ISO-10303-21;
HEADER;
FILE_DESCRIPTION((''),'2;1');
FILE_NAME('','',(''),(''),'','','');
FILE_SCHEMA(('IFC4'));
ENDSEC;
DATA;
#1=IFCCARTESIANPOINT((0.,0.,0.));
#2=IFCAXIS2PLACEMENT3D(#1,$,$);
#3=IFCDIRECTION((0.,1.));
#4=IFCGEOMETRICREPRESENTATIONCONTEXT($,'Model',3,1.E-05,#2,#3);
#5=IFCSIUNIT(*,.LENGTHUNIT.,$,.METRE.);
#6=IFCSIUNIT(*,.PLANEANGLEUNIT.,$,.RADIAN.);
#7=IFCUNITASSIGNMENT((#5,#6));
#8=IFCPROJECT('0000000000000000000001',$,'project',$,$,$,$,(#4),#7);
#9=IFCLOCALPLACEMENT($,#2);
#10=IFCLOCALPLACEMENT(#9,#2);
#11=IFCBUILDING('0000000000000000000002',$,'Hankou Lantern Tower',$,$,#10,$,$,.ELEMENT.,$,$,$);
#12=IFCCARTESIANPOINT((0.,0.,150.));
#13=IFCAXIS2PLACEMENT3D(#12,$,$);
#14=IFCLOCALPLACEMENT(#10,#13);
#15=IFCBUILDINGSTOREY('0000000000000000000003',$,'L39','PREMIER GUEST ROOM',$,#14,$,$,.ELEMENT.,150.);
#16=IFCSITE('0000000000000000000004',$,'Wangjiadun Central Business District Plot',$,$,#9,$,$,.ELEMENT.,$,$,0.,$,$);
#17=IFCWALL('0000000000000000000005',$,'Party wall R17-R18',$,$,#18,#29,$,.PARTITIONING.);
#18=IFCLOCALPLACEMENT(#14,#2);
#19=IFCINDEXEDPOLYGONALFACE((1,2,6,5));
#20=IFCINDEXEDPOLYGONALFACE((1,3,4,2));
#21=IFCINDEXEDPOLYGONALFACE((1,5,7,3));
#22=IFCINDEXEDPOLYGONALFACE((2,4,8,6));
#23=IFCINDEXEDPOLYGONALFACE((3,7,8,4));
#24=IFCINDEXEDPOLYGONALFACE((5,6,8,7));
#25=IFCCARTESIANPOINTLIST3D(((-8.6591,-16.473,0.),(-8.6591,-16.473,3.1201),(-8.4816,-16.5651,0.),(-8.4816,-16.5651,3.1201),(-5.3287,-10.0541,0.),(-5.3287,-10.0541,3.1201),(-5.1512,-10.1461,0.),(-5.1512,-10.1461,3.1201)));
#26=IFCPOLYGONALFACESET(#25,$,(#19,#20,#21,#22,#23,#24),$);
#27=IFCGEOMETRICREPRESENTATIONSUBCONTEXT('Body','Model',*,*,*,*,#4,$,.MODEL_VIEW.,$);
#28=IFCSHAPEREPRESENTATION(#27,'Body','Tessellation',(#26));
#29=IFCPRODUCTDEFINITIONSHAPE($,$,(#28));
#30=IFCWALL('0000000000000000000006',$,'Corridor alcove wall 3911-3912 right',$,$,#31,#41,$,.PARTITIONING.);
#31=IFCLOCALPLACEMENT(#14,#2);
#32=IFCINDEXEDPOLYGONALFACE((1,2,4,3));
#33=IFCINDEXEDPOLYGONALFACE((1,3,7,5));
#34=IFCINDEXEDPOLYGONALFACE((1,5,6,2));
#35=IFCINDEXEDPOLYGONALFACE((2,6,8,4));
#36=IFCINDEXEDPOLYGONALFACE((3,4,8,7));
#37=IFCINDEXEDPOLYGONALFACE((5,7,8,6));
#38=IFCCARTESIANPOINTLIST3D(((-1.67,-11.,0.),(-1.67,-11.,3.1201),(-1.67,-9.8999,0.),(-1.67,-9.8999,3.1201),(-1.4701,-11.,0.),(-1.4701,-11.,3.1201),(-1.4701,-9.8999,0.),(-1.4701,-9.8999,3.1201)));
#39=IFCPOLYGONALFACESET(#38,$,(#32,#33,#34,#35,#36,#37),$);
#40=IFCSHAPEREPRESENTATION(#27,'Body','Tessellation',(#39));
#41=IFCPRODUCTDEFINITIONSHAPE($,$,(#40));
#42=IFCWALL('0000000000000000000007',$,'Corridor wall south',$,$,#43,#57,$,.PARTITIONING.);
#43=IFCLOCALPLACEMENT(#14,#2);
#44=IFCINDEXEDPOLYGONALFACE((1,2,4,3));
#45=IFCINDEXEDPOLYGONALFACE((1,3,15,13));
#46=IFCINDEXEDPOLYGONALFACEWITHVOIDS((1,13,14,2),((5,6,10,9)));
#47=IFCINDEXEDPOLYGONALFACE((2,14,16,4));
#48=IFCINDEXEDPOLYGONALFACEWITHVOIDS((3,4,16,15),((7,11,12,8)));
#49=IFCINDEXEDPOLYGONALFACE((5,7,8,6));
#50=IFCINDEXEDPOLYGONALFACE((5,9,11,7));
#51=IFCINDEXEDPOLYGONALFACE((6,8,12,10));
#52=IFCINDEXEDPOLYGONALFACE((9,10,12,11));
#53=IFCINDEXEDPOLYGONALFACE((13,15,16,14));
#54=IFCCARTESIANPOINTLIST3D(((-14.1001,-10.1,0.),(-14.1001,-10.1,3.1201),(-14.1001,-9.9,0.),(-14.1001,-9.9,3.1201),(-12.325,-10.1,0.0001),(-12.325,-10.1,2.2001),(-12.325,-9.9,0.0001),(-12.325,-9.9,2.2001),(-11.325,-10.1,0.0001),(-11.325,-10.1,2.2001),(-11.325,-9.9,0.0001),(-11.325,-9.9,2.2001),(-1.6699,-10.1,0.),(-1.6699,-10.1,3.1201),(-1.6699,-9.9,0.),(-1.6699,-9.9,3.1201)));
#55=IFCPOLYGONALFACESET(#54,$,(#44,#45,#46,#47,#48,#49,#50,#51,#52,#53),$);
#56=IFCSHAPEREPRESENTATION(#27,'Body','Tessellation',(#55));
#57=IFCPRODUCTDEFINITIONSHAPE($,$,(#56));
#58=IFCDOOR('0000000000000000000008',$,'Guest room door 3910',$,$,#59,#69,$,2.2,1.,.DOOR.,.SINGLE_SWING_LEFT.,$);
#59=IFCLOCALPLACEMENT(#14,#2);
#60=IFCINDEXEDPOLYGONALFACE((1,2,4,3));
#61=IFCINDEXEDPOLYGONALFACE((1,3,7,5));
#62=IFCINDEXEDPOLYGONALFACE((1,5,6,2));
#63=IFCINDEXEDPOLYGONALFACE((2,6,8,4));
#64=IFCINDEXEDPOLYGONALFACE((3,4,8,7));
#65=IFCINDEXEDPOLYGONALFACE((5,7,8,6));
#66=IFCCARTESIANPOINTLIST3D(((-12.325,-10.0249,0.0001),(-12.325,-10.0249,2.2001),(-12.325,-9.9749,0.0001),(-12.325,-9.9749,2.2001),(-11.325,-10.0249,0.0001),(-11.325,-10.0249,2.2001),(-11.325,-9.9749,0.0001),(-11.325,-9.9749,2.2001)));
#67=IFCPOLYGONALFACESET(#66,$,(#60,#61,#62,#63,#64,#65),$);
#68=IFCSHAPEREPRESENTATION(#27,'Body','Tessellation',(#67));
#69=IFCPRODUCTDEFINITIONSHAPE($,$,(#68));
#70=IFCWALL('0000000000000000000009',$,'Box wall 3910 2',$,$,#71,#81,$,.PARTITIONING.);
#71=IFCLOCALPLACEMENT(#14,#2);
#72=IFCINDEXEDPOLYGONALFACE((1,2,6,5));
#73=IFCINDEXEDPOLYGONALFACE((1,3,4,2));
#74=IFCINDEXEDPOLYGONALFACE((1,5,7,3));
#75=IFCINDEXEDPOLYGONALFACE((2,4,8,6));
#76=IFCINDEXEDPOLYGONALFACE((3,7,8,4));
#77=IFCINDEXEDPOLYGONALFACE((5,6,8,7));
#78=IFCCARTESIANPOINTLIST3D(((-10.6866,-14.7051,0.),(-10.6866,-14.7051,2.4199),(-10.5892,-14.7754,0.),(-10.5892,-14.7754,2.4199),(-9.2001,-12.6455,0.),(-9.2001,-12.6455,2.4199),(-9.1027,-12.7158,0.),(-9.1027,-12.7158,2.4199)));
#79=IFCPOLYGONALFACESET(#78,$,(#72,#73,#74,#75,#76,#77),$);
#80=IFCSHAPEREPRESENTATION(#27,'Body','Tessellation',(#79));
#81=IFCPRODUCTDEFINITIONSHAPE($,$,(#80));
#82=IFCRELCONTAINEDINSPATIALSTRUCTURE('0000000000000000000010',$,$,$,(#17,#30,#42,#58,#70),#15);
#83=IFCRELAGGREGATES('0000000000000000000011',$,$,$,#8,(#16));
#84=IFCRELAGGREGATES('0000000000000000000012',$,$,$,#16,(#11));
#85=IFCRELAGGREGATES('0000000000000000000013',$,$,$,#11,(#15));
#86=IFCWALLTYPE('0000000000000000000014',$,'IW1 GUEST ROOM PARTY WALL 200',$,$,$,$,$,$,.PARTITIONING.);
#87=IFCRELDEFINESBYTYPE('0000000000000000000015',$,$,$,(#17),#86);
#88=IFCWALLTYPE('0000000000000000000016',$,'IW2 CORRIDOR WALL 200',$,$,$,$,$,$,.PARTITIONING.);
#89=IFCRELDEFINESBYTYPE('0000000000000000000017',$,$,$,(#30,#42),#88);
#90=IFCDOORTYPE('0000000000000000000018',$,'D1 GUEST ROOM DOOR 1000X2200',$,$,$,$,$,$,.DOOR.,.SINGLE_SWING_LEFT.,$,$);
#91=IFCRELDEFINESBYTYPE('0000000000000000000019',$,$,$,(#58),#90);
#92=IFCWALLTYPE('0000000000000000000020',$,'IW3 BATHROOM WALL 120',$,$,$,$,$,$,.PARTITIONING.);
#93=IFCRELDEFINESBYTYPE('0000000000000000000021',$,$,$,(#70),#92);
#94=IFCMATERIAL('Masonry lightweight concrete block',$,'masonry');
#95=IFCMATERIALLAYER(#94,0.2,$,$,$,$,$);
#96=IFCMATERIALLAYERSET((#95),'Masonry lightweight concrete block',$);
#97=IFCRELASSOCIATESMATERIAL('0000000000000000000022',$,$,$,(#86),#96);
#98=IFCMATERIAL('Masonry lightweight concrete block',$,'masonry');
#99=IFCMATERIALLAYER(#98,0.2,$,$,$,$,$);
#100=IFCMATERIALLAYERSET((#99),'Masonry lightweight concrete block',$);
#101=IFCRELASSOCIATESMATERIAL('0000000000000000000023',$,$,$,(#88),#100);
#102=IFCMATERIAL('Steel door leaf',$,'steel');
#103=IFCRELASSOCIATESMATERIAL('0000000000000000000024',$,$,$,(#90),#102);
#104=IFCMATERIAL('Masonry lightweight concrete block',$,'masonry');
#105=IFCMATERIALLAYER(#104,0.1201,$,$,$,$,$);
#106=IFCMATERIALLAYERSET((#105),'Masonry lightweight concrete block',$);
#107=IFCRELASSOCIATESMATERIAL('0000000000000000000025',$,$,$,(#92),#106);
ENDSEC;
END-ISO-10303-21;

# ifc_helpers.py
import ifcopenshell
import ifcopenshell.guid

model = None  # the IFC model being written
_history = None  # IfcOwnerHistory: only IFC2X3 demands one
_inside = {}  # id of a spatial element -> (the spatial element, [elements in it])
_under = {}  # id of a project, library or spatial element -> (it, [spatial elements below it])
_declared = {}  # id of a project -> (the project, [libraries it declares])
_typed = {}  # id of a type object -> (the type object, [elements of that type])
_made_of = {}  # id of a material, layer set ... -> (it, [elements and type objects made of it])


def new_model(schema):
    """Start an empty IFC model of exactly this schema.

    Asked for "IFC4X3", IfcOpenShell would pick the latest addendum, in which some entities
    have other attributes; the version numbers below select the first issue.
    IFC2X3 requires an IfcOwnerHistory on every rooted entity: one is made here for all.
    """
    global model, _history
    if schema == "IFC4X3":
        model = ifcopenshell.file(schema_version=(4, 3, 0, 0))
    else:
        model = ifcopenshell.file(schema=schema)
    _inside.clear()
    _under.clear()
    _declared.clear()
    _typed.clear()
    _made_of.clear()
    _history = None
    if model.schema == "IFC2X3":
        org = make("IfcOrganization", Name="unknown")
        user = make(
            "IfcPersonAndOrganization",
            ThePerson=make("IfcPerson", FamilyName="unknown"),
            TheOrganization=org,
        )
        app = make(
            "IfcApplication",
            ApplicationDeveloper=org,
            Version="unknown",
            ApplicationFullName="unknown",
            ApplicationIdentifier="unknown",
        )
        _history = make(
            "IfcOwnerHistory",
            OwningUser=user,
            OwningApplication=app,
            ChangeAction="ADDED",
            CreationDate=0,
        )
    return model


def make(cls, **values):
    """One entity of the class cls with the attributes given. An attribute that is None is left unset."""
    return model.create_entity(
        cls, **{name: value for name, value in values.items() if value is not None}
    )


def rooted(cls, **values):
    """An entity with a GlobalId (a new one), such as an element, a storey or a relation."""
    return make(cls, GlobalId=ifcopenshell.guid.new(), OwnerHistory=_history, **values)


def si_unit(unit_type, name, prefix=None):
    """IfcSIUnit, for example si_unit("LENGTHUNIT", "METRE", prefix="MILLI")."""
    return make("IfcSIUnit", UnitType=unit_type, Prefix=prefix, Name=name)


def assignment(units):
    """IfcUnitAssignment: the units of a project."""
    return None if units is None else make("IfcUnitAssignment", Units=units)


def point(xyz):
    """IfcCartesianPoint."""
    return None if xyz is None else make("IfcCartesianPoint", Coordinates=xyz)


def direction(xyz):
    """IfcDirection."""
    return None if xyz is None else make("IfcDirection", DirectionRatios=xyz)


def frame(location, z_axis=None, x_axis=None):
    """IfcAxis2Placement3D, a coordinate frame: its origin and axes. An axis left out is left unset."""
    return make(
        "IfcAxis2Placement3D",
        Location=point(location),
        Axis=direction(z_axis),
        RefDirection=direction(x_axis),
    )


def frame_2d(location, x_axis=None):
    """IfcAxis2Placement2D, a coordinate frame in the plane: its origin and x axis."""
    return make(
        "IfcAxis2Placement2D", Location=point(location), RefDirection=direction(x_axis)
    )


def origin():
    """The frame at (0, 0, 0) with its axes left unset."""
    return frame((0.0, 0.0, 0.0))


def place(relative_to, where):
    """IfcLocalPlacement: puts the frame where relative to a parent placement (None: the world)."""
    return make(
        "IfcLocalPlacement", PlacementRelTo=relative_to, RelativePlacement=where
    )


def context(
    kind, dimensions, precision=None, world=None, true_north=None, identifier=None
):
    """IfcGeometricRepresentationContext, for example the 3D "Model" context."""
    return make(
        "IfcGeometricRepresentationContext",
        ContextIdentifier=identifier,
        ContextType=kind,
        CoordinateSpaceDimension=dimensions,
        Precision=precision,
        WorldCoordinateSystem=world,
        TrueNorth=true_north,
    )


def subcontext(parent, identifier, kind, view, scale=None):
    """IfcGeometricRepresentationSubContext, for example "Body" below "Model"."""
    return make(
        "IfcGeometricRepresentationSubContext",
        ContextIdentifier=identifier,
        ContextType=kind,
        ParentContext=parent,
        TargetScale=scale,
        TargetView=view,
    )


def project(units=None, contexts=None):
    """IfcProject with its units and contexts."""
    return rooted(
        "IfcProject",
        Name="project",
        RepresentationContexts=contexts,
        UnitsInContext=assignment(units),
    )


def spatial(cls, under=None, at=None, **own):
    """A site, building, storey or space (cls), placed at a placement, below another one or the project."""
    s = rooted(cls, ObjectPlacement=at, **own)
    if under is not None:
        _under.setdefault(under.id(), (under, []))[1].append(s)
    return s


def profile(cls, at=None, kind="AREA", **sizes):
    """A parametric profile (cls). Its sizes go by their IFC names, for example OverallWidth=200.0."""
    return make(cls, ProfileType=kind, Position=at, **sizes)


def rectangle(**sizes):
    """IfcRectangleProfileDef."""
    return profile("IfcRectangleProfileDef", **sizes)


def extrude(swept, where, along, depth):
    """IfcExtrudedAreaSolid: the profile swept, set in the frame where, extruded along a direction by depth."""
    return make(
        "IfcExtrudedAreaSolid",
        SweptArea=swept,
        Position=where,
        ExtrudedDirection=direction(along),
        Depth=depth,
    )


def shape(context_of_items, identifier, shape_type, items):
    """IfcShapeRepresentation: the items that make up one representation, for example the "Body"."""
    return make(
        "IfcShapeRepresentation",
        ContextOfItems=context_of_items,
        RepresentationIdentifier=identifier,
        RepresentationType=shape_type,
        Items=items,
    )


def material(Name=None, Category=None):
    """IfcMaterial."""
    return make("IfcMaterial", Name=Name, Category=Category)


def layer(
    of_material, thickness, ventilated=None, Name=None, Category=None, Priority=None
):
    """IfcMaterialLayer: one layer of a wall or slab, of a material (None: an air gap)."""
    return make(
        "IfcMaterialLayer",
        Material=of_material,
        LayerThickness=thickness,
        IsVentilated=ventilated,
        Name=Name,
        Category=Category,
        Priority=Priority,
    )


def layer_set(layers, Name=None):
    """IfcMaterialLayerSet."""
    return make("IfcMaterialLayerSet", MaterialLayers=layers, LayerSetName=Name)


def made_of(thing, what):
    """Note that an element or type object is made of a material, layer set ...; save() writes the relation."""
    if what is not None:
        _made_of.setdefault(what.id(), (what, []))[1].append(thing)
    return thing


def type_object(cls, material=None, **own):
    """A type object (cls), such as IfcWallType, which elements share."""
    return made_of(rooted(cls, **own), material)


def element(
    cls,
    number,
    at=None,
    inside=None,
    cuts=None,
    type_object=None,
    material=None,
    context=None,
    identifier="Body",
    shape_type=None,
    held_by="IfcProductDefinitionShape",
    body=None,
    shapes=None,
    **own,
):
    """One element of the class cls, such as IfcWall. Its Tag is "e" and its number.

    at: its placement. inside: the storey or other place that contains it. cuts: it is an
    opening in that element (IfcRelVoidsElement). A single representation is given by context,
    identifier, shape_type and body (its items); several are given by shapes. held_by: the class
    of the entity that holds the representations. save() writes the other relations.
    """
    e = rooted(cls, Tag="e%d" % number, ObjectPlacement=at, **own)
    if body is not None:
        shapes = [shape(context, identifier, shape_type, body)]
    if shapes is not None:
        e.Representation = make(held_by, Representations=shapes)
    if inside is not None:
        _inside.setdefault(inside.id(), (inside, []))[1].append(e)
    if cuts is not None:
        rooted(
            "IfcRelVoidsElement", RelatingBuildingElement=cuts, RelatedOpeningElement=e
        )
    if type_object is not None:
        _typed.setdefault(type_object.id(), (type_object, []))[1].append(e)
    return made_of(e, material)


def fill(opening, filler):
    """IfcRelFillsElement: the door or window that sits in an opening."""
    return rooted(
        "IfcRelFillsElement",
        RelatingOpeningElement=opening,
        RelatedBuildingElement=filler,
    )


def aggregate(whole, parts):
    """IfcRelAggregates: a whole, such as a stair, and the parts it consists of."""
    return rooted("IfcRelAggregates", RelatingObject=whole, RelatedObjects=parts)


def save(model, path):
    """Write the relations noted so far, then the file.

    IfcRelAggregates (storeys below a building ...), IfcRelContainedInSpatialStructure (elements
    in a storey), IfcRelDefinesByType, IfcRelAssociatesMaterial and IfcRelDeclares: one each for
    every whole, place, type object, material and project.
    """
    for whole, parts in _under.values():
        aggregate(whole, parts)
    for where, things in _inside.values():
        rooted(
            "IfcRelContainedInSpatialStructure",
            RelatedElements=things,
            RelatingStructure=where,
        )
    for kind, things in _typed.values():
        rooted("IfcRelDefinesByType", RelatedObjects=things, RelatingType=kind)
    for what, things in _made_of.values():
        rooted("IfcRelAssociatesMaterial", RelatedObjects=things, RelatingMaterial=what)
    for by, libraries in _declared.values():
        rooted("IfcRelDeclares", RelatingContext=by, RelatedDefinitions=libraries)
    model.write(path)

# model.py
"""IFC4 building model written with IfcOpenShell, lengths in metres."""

from ifc_helpers import new_model, si_unit, direction, frame, frame_2d, origin, place, context, subcontext, project, spatial, rectangle, extrude, material, layer, layer_set, type_object, element, fill, save


model = new_model("IFC4")

# Units and contexts
model_context = context("Model", 3, precision=1e-05, world=origin(), true_north=direction((0.0, 1.0)))
body_context = subcontext(model_context, "Body", "Model", "MODEL_VIEW")
ifc_project = project(units=[si_unit("LENGTHUNIT", "METRE"), si_unit("PLANEANGLEUNIT", "RADIAN")], contexts=[model_context])

# Site, building, storey
site_placement = place(None, origin())
site = spatial("IfcSite", under=ifc_project, at=site_placement, Name="Wangjiadun Central Business District Plot", CompositionType="ELEMENT", RefElevation=0.0)
building_placement = place(site_placement, origin())
building = spatial("IfcBuilding", under=site, at=building_placement, Name="Hankou Lantern Tower", CompositionType="ELEMENT")
storey_placement = place(building_placement, frame((0.0, 0.0, 150.0)))
storey = spatial("IfcBuildingStorey", under=building, at=storey_placement, Name="L39", Description="PREMIER GUEST ROOM", CompositionType="ELEMENT", Elevation=150.0)

# Walls
ifc_material_1 = material(Name="Masonry lightweight concrete block", Category="masonry")
ifc_layer_1 = layer(ifc_material_1, 0.2)
ifc_layer_set_1 = layer_set([ifc_layer_1], Name="Masonry lightweight concrete block")
wall_type_1 = type_object("IfcWallType", Name="IW1 GUEST ROOM PARTY WALL 200", PredefinedType="PARTITIONING", material=ifc_layer_set_1)
wall_1_placement = place(storey_placement, frame((-5.24, -10.1001, 0.0), z_axis=(0.0, 0.0, 1.0), x_axis=(-0.460533, -0.887643, 0.0)))
element("IfcWall", 1, at=wall_1_placement, inside=storey, type_object=wall_type_1, Name="Party wall R17-R18", PredefinedType="PARTITIONING", context=body_context, shape_type="SweptSolid", body=[
    extrude(rectangle(XDim=7.2314, YDim=0.2, at=frame_2d((3.6157, 0.0))), origin(), (0.0, 0.0, 1.0), 3.1201),
])
ifc_material_2 = material(Name="Masonry lightweight concrete block", Category="masonry")
ifc_layer_2 = layer(ifc_material_2, 0.2)
ifc_layer_set_2 = layer_set([ifc_layer_2], Name="Masonry lightweight concrete block")
wall_type_2 = type_object("IfcWallType", Name="IW2 CORRIDOR WALL 200", PredefinedType="PARTITIONING", material=ifc_layer_set_2)
wall_2_placement = place(storey_placement, frame((-1.5701, -9.8999, 0.0), z_axis=(0.0, 0.0, 1.0), x_axis=(0.0, -1.0, 0.0)))
element("IfcWall", 2, at=wall_2_placement, inside=storey, type_object=wall_type_2, Name="Corridor alcove wall 3911-3912 right", PredefinedType="PARTITIONING", context=body_context, shape_type="SweptSolid", body=[
    extrude(rectangle(XDim=1.1001, YDim=0.2, at=frame_2d((0.55, 0.0))), origin(), (0.0, 0.0, 1.0), 3.1201),
])

# Wall, opening, door
wall_3_placement = place(storey_placement, frame((-1.6699, -10.0, 0.0), z_axis=(0.0, 0.0, 1.0), x_axis=(-1.0, 0.0, 0.0)))
wall_3 = element("IfcWall", 3, at=wall_3_placement, inside=storey, type_object=wall_type_2, Name="Corridor wall south", PredefinedType="PARTITIONING", context=body_context, shape_type="SweptSolid", body=[
    extrude(rectangle(XDim=12.4302, YDim=0.2, at=frame_2d((6.2151, 0.0))), origin(), (0.0, 0.0, 1.0), 3.1201),
])
opening_placement = place(wall_3_placement, frame((9.655, 0.0, 0.0)))
opening = element("IfcOpeningElement", 4, at=opening_placement, cuts=wall_3, PredefinedType="OPENING", context=body_context, shape_type="SweptSolid", body=[
    extrude(rectangle(XDim=1.0, YDim=2.2, at=frame_2d((0.5, 1.1001))), frame((0.0, 0.1099, 0.0), z_axis=(0.0, -1.0, 0.0), x_axis=(1.0, 0.0, 0.0)), (0.0, 0.0, 1.0), 0.22),
])
ifc_material_3 = material(Name="Steel door leaf", Category="steel")
door_type = type_object("IfcDoorType", Name="D1 GUEST ROOM DOOR 1000X2200", OperationType="SINGLE_SWING_LEFT", PredefinedType="DOOR", material=ifc_material_3)
door_placement = place(opening_placement, origin())
door = element("IfcDoor", 5, at=door_placement, inside=storey, type_object=door_type, Name="Guest room door 3910", OperationType="SINGLE_SWING_LEFT", OverallHeight=2.2, OverallWidth=1.0, PredefinedType="DOOR", context=body_context, shape_type="SweptSolid", body=[
    extrude(rectangle(XDim=1.0, YDim=2.2, at=frame_2d((0.5, 1.1001))), frame((0.0, 0.0249, 0.0), z_axis=(0.0, -1.0, 0.0), x_axis=(1.0, 0.0, 0.0)), (0.0, 0.0, 1.0), 0.05),
])
fill(opening, door)

# Wall
ifc_material_4 = material(Name="Masonry lightweight concrete block", Category="masonry")
ifc_layer_3 = layer(ifc_material_4, 0.1201)
ifc_layer_set_3 = layer_set([ifc_layer_3], Name="Masonry lightweight concrete block")
wall_type_3 = type_object("IfcWallType", Name="IW3 BATHROOM WALL 120", PredefinedType="PARTITIONING", material=ifc_layer_set_3)
wall_4_placement = place(storey_placement, frame((-9.1514, -12.6807, 0.0), z_axis=(0.0, 0.0, 1.0), x_axis=(-0.585259, -0.810846, 0.0)))
element("IfcWall", 6, at=wall_4_placement, inside=storey, type_object=wall_type_3, Name="Box wall 3910 2", PredefinedType="PARTITIONING", context=body_context, shape_type="SweptSolid", body=[
    extrude(rectangle(XDim=2.54, YDim=0.1201, at=frame_2d((1.27, 0.0))), origin(), (0.0, 0.0, 1.0), 2.4199),
])

save(model, "model.ifc")
